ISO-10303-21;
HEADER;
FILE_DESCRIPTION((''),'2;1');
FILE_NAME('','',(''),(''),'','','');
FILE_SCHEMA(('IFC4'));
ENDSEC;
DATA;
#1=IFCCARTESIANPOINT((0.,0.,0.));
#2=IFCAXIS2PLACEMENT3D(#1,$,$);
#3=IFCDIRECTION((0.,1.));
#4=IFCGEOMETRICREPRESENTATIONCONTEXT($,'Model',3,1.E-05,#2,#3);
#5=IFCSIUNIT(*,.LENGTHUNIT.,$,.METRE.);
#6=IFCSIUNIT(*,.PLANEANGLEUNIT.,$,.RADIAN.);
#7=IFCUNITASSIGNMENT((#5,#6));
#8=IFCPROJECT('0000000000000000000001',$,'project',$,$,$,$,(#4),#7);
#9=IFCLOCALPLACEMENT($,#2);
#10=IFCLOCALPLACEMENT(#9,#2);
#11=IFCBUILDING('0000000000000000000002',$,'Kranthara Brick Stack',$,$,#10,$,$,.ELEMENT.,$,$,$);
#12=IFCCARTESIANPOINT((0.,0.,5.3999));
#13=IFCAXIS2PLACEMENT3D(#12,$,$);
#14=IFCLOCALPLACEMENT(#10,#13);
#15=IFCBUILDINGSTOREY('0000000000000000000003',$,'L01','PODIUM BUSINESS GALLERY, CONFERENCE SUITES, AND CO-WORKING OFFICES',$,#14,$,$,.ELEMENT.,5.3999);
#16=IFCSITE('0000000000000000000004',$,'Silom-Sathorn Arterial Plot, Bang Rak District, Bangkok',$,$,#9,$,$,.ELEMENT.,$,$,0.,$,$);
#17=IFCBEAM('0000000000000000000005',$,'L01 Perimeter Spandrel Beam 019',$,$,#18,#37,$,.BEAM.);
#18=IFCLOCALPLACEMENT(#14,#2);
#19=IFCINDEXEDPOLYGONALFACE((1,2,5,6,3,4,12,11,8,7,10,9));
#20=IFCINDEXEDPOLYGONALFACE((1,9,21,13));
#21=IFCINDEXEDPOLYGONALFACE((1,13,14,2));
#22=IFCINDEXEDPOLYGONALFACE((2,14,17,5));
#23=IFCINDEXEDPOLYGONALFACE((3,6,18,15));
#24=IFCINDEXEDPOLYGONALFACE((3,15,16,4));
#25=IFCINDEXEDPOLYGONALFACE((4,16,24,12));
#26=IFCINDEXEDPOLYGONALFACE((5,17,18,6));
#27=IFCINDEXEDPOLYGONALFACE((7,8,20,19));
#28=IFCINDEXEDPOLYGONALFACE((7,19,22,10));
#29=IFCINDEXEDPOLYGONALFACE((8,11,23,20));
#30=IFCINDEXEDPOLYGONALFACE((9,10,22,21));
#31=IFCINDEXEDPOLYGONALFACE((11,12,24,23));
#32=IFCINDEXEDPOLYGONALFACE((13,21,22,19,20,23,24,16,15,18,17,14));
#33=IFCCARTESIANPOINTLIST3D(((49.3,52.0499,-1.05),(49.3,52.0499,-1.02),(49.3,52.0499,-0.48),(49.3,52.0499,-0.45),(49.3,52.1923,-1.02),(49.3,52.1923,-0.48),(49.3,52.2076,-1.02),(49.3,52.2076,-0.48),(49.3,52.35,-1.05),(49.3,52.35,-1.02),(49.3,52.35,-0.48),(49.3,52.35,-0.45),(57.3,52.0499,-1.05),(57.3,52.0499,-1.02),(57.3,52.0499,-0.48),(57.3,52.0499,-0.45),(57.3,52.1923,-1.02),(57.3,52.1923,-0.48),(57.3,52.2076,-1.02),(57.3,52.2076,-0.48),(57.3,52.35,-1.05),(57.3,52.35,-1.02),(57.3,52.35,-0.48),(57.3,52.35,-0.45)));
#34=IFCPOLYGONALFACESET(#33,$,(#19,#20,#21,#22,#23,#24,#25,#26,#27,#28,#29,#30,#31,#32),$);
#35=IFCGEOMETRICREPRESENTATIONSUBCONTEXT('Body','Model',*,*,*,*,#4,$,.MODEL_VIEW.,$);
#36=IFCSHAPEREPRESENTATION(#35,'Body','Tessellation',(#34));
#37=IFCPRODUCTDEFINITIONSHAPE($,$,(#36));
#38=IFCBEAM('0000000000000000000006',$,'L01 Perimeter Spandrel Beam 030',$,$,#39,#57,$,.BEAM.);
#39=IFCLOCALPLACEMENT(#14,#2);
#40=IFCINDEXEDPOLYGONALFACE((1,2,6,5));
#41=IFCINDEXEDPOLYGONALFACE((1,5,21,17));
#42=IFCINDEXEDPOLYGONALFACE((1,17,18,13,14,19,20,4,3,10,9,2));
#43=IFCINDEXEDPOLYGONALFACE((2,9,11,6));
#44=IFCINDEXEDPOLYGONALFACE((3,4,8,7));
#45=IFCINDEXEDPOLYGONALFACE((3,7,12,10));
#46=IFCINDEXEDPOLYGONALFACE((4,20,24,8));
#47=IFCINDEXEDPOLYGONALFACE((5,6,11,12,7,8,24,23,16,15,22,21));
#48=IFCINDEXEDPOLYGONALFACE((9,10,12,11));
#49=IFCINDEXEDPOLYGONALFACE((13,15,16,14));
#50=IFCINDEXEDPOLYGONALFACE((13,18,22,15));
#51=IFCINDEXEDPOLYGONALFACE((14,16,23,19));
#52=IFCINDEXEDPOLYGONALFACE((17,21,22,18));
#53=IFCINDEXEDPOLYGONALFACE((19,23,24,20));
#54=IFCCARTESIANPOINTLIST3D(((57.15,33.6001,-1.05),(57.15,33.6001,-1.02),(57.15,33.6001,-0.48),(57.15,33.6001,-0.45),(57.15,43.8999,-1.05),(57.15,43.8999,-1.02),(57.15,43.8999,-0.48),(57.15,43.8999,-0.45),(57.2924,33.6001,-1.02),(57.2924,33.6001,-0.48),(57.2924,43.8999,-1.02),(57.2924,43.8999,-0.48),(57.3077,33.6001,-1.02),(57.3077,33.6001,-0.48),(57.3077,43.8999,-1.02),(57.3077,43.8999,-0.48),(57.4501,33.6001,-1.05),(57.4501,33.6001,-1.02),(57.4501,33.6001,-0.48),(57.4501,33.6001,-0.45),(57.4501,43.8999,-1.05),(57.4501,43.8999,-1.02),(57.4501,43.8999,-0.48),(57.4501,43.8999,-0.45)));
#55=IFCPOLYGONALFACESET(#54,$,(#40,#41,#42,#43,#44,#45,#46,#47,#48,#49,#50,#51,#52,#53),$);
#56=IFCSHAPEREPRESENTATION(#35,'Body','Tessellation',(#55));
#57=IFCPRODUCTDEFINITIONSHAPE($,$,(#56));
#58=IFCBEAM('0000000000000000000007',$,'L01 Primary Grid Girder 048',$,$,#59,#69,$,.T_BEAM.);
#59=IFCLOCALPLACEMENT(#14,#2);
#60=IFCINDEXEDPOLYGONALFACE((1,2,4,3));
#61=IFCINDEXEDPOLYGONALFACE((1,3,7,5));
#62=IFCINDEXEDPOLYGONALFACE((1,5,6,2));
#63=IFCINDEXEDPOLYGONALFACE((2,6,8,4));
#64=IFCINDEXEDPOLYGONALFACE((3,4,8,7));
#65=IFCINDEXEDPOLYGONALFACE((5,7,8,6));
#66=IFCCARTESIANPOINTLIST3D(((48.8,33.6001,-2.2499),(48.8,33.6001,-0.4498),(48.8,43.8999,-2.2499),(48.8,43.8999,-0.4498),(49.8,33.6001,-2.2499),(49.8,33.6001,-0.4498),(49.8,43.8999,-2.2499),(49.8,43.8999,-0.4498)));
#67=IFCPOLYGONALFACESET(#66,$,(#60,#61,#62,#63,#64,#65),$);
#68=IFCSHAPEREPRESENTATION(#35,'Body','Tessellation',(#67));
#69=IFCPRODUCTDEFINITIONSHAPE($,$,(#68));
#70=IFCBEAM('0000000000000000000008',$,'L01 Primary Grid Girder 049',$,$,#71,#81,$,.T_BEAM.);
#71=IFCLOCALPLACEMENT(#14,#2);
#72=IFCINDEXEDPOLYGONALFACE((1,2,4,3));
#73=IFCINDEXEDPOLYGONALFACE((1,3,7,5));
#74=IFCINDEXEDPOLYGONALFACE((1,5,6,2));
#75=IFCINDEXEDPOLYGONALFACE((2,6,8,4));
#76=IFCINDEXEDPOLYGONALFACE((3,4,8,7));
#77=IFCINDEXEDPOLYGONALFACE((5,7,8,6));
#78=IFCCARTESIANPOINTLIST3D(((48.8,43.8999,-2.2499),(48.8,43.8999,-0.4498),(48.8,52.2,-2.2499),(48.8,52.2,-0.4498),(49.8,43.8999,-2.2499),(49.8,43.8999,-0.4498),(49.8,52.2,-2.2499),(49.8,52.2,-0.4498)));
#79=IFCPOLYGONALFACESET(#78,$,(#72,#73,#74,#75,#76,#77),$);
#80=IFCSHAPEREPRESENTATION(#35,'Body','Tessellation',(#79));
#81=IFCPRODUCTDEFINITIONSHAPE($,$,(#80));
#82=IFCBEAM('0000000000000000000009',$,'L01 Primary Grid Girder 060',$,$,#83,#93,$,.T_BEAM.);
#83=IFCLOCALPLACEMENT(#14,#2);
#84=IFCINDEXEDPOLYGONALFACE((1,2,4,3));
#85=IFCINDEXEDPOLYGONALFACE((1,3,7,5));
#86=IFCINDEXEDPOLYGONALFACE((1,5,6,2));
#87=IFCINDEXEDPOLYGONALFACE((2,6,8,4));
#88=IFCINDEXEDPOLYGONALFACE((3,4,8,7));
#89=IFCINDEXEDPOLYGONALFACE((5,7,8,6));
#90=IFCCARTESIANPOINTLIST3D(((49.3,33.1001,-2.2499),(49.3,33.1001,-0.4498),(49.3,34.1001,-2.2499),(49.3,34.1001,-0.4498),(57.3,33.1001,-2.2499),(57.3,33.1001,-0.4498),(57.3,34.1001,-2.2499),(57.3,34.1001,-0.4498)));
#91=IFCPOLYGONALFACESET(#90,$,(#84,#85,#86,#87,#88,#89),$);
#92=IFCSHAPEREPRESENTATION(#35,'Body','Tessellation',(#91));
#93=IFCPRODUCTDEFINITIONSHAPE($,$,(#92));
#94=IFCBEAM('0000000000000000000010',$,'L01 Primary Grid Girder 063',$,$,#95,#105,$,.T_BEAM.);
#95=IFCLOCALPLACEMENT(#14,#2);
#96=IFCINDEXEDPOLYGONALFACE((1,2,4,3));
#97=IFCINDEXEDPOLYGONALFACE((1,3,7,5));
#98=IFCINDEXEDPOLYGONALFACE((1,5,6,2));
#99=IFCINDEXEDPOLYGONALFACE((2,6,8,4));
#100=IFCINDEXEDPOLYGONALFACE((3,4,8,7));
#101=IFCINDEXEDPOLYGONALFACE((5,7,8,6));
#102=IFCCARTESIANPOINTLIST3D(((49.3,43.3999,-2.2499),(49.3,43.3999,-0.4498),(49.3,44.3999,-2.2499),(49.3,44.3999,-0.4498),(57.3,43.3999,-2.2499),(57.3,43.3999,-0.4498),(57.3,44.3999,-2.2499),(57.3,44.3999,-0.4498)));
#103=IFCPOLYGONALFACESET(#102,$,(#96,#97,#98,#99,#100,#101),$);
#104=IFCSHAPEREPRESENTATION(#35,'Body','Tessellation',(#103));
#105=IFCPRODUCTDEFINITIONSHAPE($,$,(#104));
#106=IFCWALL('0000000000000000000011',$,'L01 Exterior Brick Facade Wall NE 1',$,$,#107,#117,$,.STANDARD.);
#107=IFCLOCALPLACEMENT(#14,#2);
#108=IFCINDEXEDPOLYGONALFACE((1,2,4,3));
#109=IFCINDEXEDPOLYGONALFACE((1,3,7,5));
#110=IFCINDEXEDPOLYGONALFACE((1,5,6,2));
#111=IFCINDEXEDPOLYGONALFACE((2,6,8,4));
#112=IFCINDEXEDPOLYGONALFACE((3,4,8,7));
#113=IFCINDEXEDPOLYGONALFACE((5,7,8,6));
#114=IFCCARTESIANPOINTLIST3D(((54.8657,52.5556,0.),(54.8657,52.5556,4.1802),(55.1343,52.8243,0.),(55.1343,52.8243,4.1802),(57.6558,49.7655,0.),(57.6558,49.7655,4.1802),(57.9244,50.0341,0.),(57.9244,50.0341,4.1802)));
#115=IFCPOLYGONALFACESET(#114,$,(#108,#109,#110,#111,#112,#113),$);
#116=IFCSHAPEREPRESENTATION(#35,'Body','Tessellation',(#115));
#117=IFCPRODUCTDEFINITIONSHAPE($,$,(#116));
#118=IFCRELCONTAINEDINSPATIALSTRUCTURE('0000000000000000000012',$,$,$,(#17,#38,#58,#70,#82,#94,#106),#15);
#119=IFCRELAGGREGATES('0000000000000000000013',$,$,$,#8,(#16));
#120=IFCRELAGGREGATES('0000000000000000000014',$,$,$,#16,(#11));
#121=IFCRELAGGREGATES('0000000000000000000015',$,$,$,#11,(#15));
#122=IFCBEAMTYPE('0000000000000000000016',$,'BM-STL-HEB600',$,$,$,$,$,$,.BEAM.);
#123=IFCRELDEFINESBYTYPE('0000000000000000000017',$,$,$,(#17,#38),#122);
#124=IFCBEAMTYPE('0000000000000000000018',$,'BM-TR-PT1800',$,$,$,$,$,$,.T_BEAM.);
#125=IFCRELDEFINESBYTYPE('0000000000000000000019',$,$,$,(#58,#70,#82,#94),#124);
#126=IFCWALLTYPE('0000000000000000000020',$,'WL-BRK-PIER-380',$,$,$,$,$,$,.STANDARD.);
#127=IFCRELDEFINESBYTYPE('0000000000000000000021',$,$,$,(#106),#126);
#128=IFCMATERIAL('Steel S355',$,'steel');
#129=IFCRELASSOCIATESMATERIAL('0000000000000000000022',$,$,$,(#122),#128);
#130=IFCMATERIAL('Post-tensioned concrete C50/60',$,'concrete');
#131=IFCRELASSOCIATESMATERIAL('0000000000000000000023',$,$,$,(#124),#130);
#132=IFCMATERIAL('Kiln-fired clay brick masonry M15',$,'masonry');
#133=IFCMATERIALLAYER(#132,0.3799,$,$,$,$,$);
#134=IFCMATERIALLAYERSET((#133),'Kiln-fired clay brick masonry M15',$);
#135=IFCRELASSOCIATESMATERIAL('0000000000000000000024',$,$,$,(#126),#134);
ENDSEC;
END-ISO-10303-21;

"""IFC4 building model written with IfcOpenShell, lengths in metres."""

from ifc_helpers import new_model, si_unit, direction, frame, frame_2d, origin, origin_2d, place, context, subcontext, project, spatial, rectangle, i_section, extrude, material, layer, layer_set, material_profile, profile_set, type_object, element, save


model = new_model("IFC4")

# Units and contexts
model_context = context("Model", 3, precision=1e-05, world=origin(), true_north=direction((0.0, 1.0)))
body_context = subcontext(model_context, "Body", "Model", "MODEL_VIEW")
ifc_project = project(units=[si_unit("LENGTHUNIT", "METRE"), si_unit("PLANEANGLEUNIT", "RADIAN")], contexts=[model_context])

# Site, building, storey
site_placement = place(None, origin())
site = spatial("IfcSite", under=ifc_project, at=site_placement, Name="Silom-Sathorn Arterial Plot, Bang Rak District, Bangkok", CompositionType="ELEMENT", RefElevation=0.0)
building_placement = place(site_placement, origin())
building = spatial("IfcBuilding", under=site, at=building_placement, Name="Kranthara Brick Stack", CompositionType="ELEMENT")
storey_placement = place(building_placement, frame((0.0, 0.0, 5.3999)))
storey = spatial("IfcBuildingStorey", under=building, at=storey_placement, Name="L01", Description="PODIUM BUSINESS GALLERY, CONFERENCE SUITES, AND CO-WORKING OFFICES", CompositionType="ELEMENT", Elevation=5.3999)

# Beams
ifc_material_1 = material(Name="Steel S355", Category="steel")
ifc_material_profile_1 = material_profile(ifc_material_1, i_section(OverallWidth=0.3, OverallDepth=0.6001, WebThickness=0.0154, FlangeThickness=0.03, at=origin_2d()), Name="HEB 600")
ifc_profile_set_1 = profile_set([ifc_material_profile_1], Name="Steel S355")
beam_type_1 = type_object("IfcBeamType", Name="BM-STL-HEB600", PredefinedType="BEAM", material=ifc_profile_set_1)
beam_1_placement = place(storey_placement, frame((49.3, 52.2, -0.75), z_axis=(1.0, 0.0, 0.0), x_axis=(0.0, 1.0, 0.0)))
element("IfcBeam", 1, at=beam_1_placement, inside=storey, type_object=beam_type_1, Name="L01 Perimeter Spandrel Beam 019", PredefinedType="BEAM", context=body_context, shape_type="SweptSolid", body=[
    extrude(i_section(OverallWidth=0.3, OverallDepth=0.6001, WebThickness=0.0154, FlangeThickness=0.03, at=origin_2d()), origin(), (0.0, 0.0, 1.0), 8.0),
])
beam_2_placement = place(storey_placement, frame((57.3, 33.6001, -0.75), z_axis=(0.0, 1.0, 0.0), x_axis=(-1.0, 0.0, 0.0)))
element("IfcBeam", 2, at=beam_2_placement, inside=storey, type_object=beam_type_1, Name="L01 Perimeter Spandrel Beam 030", PredefinedType="BEAM", context=body_context, shape_type="SweptSolid", body=[
    extrude(i_section(OverallWidth=0.3, OverallDepth=0.6001, WebThickness=0.0154, FlangeThickness=0.03, at=origin_2d()), origin(), (0.0, 0.0, 1.0), 10.2998),
])
ifc_material_2 = material(Name="Post-tensioned concrete C50/60", Category="concrete")
ifc_material_profile_2 = material_profile(ifc_material_2, rectangle(XDim=1.0, YDim=1.8, at=origin_2d()), Name="PT 1000x1800")
ifc_profile_set_2 = profile_set([ifc_material_profile_2], Name="Post-tensioned concrete C50/60")
beam_type_2 = type_object("IfcBeamType", Name="BM-TR-PT1800", PredefinedType="T_BEAM", material=ifc_profile_set_2)
beam_3_placement = place(storey_placement, frame((49.3, 33.6001, -1.3499), z_axis=(0.0, 1.0, 0.0), x_axis=(-1.0, 0.0, 0.0)))
element("IfcBeam", 3, at=beam_3_placement, inside=storey, type_object=beam_type_2, Name="L01 Primary Grid Girder 048", PredefinedType="T_BEAM", context=body_context, shape_type="SweptSolid", body=[
    extrude(rectangle(XDim=1.0, YDim=1.8, at=origin_2d()), origin(), (0.0, 0.0, 1.0), 10.2998),
])
beam_4_placement = place(storey_placement, frame((49.3, 43.8999, -1.3499), z_axis=(0.0, 1.0, 0.0), x_axis=(-1.0, 0.0, 0.0)))
element("IfcBeam", 4, at=beam_4_placement, inside=storey, type_object=beam_type_2, Name="L01 Primary Grid Girder 049", PredefinedType="T_BEAM", context=body_context, shape_type="SweptSolid", body=[
    extrude(rectangle(XDim=1.0, YDim=1.8, at=origin_2d()), origin(), (0.0, 0.0, 1.0), 8.3),
])
for number, where, z_axis, x_axis, name in (
    (5, (49.3, 33.6001, -1.3499), (1.0, 0.0, 0.0), (0.0, 1.0, 0.0), "L01 Primary Grid Girder 060"),
    (6, (49.3, 43.8999, -1.3499), (1.0, 0.0, 0.0), (0.0, 1.0, 0.0), "L01 Primary Grid Girder 063"),
):
    element("IfcBeam", number, at=place(storey_placement, frame(where, z_axis=z_axis, x_axis=x_axis)), inside=storey, type_object=beam_type_2, Name=name, PredefinedType="T_BEAM", context=body_context, shape_type="SweptSolid", body=[
        extrude(rectangle(XDim=1.0, YDim=1.8, at=origin_2d()), origin(), (0.0, 0.0, 1.0), 8.0),
    ])

# Wall
ifc_material_3 = material(Name="Kiln-fired clay brick masonry M15", Category="masonry")
ifc_layer = layer(ifc_material_3, 0.3799)
ifc_layer_set = layer_set([ifc_layer], Name="Kiln-fired clay brick masonry M15")
wall_type = type_object("IfcWallType", Name="WL-BRK-PIER-380", PredefinedType="STANDARD", material=ifc_layer_set)
wall_1_placement = place(storey_placement, frame((55.0, 52.6899, 0.0), z_axis=(0.0, 0.0, 1.0), x_axis=(0.707107, -0.707107, 0.0)))
element("IfcWall", 7, at=wall_1_placement, inside=storey, type_object=wall_type, Name="L01 Exterior Brick Facade Wall NE 1", PredefinedType="STANDARD", context=body_context, shape_type="SweptSolid", body=[
    extrude(rectangle(XDim=3.9458, YDim=0.3799, at=frame_2d((1.9729, 0.0))), origin(), (0.0, 0.0, 1.0), 4.1802),
])

save(model, "model.ifc")
